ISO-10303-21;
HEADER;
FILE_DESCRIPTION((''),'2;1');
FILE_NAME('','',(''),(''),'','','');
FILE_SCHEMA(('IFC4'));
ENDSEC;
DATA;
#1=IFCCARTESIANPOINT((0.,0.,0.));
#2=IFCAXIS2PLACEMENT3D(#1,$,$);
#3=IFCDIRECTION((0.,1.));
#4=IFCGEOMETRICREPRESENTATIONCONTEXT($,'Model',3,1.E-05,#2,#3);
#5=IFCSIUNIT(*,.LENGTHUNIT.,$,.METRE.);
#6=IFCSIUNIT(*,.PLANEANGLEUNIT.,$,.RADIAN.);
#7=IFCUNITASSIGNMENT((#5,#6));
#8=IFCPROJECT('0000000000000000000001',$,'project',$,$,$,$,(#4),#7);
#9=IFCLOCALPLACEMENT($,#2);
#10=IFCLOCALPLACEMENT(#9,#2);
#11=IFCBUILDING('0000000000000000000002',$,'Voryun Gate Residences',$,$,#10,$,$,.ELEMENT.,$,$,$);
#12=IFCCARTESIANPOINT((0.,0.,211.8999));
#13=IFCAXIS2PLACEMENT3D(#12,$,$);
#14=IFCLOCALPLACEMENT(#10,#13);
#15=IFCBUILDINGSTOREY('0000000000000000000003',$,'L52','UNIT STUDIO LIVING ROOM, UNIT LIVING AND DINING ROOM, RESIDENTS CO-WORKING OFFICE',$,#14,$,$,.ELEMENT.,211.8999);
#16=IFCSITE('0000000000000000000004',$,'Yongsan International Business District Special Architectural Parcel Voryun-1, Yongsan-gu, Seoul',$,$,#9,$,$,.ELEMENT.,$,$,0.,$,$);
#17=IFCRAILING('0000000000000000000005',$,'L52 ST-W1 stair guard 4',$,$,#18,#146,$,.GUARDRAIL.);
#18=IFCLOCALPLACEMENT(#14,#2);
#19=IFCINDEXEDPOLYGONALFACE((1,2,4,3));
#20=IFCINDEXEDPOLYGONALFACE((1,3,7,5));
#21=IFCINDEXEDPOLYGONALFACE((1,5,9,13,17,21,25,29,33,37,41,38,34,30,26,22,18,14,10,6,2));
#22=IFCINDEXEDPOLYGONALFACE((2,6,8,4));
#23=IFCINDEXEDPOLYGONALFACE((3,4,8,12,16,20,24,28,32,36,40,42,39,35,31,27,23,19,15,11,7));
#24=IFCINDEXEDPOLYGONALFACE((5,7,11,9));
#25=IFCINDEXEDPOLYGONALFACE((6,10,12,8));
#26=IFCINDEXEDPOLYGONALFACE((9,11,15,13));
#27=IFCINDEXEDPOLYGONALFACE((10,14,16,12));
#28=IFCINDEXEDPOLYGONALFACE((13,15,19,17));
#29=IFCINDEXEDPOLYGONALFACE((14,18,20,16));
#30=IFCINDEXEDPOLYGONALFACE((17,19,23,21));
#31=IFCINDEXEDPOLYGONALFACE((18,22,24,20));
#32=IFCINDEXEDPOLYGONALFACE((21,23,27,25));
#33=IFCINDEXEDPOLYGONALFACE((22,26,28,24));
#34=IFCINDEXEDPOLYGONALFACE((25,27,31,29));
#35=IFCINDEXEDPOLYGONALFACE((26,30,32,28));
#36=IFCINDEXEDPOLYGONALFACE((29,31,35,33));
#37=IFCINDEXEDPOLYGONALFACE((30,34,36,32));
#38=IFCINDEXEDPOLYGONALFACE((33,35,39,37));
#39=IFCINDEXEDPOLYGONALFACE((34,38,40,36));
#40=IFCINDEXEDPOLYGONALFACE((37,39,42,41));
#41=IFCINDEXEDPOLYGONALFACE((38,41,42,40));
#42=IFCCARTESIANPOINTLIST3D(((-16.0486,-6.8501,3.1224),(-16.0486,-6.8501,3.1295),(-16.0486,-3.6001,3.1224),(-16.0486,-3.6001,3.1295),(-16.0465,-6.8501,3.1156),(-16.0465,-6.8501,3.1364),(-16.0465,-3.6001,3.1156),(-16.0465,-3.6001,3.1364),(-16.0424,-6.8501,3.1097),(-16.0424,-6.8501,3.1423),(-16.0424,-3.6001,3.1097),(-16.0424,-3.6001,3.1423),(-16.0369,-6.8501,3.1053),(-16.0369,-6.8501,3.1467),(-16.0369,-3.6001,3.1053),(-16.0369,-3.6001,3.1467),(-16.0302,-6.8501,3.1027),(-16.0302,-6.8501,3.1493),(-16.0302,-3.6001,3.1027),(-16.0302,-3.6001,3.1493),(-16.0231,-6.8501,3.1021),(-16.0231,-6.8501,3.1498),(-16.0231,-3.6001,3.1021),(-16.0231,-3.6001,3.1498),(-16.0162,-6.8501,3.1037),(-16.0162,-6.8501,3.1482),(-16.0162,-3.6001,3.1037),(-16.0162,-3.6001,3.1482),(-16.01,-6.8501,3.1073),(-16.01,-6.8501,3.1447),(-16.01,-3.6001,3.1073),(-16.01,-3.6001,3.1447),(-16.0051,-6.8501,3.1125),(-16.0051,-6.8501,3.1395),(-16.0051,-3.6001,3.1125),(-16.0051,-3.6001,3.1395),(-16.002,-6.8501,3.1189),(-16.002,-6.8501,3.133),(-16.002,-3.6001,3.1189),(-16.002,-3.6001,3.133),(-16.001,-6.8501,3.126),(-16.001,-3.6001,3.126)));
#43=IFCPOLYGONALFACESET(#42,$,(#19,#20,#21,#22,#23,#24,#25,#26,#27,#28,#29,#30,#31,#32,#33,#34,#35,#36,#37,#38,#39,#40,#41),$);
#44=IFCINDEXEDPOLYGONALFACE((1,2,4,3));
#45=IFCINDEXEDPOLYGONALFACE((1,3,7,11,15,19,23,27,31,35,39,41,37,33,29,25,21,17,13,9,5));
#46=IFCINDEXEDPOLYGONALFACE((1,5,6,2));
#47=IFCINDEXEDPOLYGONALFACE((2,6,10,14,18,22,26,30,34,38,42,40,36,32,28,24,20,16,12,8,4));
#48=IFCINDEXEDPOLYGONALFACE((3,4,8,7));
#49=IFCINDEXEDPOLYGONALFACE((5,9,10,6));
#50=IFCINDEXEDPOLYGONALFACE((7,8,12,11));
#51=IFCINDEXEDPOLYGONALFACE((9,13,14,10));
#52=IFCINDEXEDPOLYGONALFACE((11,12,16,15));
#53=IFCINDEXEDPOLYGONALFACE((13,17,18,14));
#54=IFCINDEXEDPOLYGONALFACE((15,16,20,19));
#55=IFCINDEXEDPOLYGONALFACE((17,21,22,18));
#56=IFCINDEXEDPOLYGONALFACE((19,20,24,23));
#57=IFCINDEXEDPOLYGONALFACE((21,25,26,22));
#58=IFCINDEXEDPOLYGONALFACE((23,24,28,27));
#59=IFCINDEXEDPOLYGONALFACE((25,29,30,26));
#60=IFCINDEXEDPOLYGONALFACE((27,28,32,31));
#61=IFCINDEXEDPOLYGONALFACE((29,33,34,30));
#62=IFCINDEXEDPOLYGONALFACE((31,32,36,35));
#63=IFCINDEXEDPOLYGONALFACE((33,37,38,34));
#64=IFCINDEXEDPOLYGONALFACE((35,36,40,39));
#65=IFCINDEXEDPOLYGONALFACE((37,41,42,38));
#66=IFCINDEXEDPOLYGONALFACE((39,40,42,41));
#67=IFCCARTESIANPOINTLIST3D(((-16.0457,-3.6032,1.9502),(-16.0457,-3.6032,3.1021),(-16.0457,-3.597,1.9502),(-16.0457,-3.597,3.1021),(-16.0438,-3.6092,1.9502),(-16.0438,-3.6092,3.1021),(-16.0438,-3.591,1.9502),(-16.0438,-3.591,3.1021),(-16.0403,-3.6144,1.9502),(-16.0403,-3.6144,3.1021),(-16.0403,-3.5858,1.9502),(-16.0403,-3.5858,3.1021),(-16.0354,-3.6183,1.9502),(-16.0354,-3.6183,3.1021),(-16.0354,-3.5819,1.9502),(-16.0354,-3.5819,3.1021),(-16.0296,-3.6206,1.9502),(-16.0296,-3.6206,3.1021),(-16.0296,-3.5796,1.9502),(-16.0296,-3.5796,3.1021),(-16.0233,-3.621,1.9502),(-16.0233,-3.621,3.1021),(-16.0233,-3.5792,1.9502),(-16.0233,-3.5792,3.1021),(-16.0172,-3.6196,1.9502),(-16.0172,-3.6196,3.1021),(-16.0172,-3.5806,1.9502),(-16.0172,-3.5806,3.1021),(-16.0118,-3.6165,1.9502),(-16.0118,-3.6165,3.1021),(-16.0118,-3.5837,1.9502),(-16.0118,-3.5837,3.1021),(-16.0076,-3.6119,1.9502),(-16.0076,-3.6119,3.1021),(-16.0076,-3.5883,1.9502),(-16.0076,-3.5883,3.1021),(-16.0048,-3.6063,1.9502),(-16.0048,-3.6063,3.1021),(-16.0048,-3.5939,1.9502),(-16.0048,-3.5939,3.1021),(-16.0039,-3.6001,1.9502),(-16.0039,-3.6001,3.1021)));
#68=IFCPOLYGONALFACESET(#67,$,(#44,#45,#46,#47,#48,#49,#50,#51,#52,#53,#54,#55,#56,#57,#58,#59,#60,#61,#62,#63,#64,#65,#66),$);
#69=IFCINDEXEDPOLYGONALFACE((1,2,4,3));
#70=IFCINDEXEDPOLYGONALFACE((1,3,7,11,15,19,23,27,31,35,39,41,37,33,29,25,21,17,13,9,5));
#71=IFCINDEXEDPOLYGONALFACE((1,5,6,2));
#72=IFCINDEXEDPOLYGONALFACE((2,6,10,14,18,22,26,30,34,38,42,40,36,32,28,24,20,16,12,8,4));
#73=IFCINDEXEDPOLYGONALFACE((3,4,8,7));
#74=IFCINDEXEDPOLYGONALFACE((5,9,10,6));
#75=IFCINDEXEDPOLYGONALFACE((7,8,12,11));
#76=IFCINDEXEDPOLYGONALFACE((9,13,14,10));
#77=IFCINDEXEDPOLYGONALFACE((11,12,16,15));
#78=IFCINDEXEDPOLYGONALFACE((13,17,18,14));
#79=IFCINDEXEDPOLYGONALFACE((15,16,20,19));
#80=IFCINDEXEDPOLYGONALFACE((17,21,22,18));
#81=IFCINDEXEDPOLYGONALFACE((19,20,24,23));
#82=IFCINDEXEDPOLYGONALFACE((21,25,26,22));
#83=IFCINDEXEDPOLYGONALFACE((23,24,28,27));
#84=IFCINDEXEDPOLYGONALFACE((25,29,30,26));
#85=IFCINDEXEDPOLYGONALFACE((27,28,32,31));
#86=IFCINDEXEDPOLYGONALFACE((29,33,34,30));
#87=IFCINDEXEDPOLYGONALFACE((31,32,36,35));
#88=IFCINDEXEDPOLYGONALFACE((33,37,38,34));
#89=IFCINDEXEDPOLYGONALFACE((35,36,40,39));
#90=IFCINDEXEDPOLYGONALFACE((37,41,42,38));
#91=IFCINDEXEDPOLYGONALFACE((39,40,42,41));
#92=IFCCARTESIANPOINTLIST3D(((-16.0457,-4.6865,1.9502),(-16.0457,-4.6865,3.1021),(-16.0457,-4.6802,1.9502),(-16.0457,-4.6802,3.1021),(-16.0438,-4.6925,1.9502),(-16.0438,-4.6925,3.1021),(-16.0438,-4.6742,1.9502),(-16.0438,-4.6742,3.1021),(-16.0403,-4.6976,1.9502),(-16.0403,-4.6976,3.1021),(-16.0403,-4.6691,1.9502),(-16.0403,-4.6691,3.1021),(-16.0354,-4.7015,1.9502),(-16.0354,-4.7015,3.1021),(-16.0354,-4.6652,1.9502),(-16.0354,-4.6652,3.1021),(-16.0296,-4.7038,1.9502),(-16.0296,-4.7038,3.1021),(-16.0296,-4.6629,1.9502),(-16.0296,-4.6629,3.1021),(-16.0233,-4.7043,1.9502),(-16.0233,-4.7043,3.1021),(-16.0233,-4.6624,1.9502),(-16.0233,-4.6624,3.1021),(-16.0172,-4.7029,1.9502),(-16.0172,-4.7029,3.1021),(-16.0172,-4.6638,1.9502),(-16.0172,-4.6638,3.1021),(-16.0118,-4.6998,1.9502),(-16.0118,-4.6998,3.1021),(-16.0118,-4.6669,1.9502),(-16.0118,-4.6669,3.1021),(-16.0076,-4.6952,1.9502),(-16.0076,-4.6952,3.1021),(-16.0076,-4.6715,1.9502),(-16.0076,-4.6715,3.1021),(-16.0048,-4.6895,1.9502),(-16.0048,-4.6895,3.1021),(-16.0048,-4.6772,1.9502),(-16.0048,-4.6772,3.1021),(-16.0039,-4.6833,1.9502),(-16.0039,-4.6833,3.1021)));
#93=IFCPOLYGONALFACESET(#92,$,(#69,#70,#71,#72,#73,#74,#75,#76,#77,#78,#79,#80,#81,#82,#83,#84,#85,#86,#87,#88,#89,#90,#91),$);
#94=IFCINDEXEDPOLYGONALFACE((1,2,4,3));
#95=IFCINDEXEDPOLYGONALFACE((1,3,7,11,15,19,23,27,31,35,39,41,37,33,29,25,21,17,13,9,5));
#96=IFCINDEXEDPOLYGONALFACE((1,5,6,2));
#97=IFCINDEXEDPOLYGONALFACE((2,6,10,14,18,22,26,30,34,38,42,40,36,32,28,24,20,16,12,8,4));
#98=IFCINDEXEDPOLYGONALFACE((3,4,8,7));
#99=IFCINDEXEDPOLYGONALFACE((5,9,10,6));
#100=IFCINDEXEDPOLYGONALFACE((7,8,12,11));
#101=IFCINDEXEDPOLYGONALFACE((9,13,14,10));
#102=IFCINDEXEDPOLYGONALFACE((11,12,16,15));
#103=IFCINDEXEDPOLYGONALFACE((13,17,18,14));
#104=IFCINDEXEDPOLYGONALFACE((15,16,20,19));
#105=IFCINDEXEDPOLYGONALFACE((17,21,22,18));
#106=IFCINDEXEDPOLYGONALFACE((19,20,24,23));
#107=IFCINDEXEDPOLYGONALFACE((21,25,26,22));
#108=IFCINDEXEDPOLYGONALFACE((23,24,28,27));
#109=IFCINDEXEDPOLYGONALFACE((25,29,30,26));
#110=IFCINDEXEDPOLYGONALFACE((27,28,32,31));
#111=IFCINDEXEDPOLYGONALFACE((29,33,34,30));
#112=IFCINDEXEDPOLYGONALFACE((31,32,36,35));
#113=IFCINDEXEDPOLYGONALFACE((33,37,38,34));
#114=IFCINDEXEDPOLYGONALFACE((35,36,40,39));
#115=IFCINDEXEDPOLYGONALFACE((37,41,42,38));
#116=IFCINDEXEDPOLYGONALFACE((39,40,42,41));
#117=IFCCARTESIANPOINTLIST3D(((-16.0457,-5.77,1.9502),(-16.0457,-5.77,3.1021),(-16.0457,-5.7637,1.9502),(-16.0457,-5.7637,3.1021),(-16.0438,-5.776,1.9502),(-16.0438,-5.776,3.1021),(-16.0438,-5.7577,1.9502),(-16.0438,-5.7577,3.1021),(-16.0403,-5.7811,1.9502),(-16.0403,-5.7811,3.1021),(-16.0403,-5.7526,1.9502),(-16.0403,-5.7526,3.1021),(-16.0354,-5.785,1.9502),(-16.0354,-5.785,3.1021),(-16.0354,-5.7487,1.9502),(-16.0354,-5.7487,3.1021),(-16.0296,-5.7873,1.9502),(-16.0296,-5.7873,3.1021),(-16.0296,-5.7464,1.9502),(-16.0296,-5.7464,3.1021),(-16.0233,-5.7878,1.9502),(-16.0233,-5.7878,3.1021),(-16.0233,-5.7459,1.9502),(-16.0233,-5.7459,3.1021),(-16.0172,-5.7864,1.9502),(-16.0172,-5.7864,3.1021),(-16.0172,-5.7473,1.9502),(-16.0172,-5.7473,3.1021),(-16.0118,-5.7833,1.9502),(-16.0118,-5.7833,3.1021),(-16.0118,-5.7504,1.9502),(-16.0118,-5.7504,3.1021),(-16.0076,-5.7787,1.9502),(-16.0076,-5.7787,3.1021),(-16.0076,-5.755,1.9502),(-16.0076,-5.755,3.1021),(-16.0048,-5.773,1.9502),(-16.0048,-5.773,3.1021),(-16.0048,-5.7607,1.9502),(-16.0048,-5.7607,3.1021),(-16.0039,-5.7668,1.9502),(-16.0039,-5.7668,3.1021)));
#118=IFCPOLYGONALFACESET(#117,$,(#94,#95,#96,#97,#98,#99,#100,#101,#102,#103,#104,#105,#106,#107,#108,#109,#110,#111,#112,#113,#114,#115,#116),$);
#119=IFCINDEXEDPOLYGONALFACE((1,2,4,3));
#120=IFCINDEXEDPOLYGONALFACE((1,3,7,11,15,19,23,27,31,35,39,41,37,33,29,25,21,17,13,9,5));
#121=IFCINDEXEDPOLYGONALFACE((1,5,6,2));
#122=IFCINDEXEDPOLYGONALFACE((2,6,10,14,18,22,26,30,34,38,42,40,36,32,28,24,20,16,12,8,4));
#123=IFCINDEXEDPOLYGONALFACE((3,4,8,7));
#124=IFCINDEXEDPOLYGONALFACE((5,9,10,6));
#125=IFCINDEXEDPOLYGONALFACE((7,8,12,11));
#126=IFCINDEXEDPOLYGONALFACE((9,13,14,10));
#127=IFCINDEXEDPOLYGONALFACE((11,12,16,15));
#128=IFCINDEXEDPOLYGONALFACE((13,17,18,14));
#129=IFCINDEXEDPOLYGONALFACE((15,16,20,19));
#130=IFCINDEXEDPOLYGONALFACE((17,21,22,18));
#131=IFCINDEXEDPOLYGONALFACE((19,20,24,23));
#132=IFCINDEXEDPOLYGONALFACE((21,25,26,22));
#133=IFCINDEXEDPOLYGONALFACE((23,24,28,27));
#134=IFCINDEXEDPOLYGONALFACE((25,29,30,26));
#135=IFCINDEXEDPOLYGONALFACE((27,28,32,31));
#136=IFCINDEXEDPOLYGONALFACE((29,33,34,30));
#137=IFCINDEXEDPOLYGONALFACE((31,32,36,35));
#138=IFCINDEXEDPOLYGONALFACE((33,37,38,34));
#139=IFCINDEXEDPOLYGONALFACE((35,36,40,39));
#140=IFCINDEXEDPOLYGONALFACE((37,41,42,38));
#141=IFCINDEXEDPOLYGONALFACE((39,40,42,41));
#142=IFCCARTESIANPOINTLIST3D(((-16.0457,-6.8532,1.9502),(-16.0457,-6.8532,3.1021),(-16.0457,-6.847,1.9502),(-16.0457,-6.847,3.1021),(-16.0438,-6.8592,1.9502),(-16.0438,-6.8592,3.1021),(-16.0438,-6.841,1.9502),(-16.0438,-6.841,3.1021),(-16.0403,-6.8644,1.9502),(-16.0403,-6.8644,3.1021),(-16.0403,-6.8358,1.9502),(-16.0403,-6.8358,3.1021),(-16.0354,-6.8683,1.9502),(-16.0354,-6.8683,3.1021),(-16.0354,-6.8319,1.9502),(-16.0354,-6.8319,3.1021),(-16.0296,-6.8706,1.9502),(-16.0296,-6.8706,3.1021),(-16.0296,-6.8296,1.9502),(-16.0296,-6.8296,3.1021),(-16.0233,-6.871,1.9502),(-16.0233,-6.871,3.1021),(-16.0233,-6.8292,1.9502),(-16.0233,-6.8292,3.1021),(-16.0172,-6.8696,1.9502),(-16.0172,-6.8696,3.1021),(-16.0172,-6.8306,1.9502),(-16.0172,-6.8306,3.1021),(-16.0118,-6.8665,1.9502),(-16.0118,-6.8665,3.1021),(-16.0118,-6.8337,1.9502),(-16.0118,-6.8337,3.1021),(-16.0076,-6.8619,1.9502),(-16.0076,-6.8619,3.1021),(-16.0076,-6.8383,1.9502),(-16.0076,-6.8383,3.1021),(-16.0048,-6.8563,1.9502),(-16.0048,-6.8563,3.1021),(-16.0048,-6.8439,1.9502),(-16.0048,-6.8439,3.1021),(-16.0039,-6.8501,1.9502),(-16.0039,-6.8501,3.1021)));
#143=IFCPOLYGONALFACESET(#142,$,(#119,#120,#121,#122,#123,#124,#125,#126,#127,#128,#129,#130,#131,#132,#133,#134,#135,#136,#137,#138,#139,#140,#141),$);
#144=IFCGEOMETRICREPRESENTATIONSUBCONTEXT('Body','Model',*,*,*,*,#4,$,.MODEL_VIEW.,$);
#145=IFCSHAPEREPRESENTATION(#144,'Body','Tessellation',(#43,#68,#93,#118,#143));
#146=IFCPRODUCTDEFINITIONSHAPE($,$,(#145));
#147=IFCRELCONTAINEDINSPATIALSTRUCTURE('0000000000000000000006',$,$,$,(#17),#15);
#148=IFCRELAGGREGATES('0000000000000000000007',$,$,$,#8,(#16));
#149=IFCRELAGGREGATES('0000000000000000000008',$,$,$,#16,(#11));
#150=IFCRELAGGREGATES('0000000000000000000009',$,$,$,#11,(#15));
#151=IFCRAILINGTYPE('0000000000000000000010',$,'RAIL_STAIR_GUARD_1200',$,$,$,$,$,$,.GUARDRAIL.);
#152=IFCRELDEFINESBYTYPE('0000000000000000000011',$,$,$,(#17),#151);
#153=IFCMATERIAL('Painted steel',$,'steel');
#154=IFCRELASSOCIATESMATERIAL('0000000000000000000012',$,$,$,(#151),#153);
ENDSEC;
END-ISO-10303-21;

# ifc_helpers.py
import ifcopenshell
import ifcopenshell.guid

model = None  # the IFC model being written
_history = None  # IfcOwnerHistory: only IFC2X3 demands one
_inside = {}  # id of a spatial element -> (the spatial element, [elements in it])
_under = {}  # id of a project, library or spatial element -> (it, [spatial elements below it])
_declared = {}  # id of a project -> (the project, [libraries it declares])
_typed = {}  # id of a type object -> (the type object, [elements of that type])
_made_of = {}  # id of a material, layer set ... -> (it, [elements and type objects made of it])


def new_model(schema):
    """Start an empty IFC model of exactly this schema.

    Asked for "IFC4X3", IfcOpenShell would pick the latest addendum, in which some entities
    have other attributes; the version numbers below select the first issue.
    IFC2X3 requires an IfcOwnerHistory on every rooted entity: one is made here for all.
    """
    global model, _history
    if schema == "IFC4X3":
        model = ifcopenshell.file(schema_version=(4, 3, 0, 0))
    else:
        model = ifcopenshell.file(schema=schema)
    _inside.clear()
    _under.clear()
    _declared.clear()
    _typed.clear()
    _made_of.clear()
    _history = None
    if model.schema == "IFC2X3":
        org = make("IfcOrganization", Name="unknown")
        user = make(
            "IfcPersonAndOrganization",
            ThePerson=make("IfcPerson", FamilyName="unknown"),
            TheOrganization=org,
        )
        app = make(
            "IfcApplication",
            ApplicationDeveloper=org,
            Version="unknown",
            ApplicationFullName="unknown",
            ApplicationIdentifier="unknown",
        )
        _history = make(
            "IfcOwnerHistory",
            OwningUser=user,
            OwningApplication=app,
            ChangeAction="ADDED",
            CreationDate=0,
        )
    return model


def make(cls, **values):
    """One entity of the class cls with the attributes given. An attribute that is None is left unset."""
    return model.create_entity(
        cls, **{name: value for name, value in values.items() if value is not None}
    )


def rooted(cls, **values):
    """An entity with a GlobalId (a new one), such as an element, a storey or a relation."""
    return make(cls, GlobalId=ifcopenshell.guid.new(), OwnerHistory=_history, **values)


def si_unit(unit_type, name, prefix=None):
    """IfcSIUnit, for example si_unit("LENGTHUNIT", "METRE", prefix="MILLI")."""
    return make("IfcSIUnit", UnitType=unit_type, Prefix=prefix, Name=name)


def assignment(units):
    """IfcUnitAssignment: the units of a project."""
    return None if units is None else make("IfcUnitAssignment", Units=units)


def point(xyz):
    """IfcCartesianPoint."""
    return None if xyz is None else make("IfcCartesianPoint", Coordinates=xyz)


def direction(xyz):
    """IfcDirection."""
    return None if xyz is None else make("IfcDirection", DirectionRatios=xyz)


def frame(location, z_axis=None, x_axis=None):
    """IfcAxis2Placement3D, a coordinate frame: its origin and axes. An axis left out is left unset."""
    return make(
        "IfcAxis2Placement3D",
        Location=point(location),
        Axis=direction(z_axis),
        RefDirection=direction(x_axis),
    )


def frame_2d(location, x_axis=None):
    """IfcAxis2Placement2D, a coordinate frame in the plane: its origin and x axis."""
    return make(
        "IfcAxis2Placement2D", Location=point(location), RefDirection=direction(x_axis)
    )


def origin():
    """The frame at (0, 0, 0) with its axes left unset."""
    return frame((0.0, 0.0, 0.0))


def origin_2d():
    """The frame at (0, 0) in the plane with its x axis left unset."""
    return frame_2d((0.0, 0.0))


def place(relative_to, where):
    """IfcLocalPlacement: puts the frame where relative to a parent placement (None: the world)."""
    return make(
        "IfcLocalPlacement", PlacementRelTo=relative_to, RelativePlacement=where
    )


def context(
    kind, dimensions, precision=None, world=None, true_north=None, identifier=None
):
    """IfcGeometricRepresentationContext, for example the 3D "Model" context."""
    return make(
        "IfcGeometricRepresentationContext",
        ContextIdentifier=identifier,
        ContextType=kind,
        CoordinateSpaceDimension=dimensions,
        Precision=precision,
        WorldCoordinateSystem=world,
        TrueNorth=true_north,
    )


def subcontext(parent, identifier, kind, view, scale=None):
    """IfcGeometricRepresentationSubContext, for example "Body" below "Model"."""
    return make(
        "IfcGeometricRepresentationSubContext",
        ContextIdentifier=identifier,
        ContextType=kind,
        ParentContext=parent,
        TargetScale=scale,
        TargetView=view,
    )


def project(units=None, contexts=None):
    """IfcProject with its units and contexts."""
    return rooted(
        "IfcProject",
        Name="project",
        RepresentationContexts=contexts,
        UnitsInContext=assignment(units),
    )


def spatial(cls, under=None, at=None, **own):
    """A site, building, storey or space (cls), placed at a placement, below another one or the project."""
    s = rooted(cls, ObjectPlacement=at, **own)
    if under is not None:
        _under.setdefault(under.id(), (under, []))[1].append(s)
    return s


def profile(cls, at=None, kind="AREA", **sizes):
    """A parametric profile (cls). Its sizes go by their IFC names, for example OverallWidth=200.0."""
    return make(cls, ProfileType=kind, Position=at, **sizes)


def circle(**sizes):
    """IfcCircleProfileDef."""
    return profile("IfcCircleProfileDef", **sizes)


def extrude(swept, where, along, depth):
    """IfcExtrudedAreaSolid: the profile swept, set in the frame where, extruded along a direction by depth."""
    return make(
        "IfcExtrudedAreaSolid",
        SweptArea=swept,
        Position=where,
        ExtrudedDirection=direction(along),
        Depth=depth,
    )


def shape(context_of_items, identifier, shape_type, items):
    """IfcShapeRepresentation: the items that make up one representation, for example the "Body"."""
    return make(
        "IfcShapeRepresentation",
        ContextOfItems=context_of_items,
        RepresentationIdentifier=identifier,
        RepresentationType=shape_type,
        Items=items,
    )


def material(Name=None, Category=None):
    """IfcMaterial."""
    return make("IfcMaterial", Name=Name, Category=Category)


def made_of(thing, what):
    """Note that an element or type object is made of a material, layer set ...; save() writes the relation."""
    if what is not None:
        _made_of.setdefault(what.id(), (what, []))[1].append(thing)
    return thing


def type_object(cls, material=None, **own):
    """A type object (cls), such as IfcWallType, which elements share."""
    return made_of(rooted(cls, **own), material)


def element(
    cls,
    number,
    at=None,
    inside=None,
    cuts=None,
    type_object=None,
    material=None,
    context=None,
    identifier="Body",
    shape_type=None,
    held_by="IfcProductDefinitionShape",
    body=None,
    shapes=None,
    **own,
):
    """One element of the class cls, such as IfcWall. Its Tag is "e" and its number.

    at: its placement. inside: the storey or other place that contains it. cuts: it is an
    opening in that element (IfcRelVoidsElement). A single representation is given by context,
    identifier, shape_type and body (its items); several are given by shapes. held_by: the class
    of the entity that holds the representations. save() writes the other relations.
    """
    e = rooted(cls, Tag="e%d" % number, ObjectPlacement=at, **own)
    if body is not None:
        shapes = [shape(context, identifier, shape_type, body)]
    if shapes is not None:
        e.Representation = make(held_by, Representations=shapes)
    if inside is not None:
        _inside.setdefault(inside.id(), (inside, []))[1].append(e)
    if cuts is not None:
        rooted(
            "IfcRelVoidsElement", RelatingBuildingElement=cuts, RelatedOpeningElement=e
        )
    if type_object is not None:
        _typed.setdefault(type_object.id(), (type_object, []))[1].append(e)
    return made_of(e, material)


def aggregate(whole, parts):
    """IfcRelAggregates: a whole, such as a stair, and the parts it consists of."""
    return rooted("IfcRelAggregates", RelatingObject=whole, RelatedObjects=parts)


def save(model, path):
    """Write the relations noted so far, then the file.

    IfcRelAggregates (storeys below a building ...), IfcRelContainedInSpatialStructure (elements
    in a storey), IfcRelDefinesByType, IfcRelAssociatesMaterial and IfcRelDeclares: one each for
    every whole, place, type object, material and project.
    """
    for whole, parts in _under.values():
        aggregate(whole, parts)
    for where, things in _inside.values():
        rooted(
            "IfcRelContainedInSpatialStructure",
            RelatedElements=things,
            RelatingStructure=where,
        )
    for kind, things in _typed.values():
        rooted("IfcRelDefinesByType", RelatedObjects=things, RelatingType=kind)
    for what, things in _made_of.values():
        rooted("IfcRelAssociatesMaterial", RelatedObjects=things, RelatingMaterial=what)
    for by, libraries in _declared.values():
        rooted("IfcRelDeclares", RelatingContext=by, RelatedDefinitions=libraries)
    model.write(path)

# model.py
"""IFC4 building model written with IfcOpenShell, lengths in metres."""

from ifc_helpers import new_model, si_unit, direction, frame, origin, origin_2d, place, context, subcontext, project, spatial, circle, extrude, material, type_object, element, save


model = new_model("IFC4")

# Units and contexts
model_context = context("Model", 3, precision=1e-05, world=origin(), true_north=direction((0.0, 1.0)))
body_context = subcontext(model_context, "Body", "Model", "MODEL_VIEW")
ifc_project = project(units=[si_unit("LENGTHUNIT", "METRE"), si_unit("PLANEANGLEUNIT", "RADIAN")], contexts=[model_context])

# Site, building, storey
site_placement = place(None, origin())
site = spatial("IfcSite", under=ifc_project, at=site_placement, Name="Yongsan International Business District Special Architectural Parcel Voryun-1, Yongsan-gu, Seoul", CompositionType="ELEMENT", RefElevation=0.0)
building_placement = place(site_placement, origin())
building = spatial("IfcBuilding", under=site, at=building_placement, Name="Voryun Gate Residences", CompositionType="ELEMENT")
storey_placement = place(building_placement, frame((0.0, 0.0, 211.8999)))
storey = spatial("IfcBuildingStorey", under=building, at=storey_placement, Name="L52", Description="UNIT STUDIO LIVING ROOM, UNIT LIVING AND DINING ROOM, RESIDENTS CO-WORKING OFFICE", CompositionType="ELEMENT", Elevation=211.8999)

# Railing
ifc_material_1 = material(Name="Painted steel", Category="steel")
railing_type_1 = type_object("IfcRailingType", Name="RAIL_STAIR_GUARD_1200", PredefinedType="GUARDRAIL", material=ifc_material_1)
railing_1_placement = place(storey_placement, frame((-16.0249, -3.6001, 1.9502)))
element("IfcRailing", 1, at=railing_1_placement, inside=storey, type_object=railing_type_1, Name="L52 ST-W1 stair guard 4", PredefinedType="GUARDRAIL", context=body_context, shape_type="SweptSolid", body=[
    extrude(circle(Radius=0.0239, at=origin_2d()), frame((0.0, 0.0, 1.1758), z_axis=(0.0, -1.0, 0.0), x_axis=(1.0, 0.0, 0.0)), (0.0, 0.0, 1.0), 3.25),
    extrude(circle(Radius=0.021, at=origin_2d()), origin(), (0.0, 0.0, 1.0), 1.1519),
    extrude(circle(Radius=0.021, at=origin_2d()), frame((0.0, -1.0833, 0.0)), (0.0, 0.0, 1.0), 1.1519),
    extrude(circle(Radius=0.021, at=origin_2d()), frame((0.0, -2.1667, 0.0)), (0.0, 0.0, 1.0), 1.1519),
    extrude(circle(Radius=0.021, at=origin_2d()), frame((0.0, -3.25, 0.0)), (0.0, 0.0, 1.0), 1.1519),
])

save(model, "model.ifc")
